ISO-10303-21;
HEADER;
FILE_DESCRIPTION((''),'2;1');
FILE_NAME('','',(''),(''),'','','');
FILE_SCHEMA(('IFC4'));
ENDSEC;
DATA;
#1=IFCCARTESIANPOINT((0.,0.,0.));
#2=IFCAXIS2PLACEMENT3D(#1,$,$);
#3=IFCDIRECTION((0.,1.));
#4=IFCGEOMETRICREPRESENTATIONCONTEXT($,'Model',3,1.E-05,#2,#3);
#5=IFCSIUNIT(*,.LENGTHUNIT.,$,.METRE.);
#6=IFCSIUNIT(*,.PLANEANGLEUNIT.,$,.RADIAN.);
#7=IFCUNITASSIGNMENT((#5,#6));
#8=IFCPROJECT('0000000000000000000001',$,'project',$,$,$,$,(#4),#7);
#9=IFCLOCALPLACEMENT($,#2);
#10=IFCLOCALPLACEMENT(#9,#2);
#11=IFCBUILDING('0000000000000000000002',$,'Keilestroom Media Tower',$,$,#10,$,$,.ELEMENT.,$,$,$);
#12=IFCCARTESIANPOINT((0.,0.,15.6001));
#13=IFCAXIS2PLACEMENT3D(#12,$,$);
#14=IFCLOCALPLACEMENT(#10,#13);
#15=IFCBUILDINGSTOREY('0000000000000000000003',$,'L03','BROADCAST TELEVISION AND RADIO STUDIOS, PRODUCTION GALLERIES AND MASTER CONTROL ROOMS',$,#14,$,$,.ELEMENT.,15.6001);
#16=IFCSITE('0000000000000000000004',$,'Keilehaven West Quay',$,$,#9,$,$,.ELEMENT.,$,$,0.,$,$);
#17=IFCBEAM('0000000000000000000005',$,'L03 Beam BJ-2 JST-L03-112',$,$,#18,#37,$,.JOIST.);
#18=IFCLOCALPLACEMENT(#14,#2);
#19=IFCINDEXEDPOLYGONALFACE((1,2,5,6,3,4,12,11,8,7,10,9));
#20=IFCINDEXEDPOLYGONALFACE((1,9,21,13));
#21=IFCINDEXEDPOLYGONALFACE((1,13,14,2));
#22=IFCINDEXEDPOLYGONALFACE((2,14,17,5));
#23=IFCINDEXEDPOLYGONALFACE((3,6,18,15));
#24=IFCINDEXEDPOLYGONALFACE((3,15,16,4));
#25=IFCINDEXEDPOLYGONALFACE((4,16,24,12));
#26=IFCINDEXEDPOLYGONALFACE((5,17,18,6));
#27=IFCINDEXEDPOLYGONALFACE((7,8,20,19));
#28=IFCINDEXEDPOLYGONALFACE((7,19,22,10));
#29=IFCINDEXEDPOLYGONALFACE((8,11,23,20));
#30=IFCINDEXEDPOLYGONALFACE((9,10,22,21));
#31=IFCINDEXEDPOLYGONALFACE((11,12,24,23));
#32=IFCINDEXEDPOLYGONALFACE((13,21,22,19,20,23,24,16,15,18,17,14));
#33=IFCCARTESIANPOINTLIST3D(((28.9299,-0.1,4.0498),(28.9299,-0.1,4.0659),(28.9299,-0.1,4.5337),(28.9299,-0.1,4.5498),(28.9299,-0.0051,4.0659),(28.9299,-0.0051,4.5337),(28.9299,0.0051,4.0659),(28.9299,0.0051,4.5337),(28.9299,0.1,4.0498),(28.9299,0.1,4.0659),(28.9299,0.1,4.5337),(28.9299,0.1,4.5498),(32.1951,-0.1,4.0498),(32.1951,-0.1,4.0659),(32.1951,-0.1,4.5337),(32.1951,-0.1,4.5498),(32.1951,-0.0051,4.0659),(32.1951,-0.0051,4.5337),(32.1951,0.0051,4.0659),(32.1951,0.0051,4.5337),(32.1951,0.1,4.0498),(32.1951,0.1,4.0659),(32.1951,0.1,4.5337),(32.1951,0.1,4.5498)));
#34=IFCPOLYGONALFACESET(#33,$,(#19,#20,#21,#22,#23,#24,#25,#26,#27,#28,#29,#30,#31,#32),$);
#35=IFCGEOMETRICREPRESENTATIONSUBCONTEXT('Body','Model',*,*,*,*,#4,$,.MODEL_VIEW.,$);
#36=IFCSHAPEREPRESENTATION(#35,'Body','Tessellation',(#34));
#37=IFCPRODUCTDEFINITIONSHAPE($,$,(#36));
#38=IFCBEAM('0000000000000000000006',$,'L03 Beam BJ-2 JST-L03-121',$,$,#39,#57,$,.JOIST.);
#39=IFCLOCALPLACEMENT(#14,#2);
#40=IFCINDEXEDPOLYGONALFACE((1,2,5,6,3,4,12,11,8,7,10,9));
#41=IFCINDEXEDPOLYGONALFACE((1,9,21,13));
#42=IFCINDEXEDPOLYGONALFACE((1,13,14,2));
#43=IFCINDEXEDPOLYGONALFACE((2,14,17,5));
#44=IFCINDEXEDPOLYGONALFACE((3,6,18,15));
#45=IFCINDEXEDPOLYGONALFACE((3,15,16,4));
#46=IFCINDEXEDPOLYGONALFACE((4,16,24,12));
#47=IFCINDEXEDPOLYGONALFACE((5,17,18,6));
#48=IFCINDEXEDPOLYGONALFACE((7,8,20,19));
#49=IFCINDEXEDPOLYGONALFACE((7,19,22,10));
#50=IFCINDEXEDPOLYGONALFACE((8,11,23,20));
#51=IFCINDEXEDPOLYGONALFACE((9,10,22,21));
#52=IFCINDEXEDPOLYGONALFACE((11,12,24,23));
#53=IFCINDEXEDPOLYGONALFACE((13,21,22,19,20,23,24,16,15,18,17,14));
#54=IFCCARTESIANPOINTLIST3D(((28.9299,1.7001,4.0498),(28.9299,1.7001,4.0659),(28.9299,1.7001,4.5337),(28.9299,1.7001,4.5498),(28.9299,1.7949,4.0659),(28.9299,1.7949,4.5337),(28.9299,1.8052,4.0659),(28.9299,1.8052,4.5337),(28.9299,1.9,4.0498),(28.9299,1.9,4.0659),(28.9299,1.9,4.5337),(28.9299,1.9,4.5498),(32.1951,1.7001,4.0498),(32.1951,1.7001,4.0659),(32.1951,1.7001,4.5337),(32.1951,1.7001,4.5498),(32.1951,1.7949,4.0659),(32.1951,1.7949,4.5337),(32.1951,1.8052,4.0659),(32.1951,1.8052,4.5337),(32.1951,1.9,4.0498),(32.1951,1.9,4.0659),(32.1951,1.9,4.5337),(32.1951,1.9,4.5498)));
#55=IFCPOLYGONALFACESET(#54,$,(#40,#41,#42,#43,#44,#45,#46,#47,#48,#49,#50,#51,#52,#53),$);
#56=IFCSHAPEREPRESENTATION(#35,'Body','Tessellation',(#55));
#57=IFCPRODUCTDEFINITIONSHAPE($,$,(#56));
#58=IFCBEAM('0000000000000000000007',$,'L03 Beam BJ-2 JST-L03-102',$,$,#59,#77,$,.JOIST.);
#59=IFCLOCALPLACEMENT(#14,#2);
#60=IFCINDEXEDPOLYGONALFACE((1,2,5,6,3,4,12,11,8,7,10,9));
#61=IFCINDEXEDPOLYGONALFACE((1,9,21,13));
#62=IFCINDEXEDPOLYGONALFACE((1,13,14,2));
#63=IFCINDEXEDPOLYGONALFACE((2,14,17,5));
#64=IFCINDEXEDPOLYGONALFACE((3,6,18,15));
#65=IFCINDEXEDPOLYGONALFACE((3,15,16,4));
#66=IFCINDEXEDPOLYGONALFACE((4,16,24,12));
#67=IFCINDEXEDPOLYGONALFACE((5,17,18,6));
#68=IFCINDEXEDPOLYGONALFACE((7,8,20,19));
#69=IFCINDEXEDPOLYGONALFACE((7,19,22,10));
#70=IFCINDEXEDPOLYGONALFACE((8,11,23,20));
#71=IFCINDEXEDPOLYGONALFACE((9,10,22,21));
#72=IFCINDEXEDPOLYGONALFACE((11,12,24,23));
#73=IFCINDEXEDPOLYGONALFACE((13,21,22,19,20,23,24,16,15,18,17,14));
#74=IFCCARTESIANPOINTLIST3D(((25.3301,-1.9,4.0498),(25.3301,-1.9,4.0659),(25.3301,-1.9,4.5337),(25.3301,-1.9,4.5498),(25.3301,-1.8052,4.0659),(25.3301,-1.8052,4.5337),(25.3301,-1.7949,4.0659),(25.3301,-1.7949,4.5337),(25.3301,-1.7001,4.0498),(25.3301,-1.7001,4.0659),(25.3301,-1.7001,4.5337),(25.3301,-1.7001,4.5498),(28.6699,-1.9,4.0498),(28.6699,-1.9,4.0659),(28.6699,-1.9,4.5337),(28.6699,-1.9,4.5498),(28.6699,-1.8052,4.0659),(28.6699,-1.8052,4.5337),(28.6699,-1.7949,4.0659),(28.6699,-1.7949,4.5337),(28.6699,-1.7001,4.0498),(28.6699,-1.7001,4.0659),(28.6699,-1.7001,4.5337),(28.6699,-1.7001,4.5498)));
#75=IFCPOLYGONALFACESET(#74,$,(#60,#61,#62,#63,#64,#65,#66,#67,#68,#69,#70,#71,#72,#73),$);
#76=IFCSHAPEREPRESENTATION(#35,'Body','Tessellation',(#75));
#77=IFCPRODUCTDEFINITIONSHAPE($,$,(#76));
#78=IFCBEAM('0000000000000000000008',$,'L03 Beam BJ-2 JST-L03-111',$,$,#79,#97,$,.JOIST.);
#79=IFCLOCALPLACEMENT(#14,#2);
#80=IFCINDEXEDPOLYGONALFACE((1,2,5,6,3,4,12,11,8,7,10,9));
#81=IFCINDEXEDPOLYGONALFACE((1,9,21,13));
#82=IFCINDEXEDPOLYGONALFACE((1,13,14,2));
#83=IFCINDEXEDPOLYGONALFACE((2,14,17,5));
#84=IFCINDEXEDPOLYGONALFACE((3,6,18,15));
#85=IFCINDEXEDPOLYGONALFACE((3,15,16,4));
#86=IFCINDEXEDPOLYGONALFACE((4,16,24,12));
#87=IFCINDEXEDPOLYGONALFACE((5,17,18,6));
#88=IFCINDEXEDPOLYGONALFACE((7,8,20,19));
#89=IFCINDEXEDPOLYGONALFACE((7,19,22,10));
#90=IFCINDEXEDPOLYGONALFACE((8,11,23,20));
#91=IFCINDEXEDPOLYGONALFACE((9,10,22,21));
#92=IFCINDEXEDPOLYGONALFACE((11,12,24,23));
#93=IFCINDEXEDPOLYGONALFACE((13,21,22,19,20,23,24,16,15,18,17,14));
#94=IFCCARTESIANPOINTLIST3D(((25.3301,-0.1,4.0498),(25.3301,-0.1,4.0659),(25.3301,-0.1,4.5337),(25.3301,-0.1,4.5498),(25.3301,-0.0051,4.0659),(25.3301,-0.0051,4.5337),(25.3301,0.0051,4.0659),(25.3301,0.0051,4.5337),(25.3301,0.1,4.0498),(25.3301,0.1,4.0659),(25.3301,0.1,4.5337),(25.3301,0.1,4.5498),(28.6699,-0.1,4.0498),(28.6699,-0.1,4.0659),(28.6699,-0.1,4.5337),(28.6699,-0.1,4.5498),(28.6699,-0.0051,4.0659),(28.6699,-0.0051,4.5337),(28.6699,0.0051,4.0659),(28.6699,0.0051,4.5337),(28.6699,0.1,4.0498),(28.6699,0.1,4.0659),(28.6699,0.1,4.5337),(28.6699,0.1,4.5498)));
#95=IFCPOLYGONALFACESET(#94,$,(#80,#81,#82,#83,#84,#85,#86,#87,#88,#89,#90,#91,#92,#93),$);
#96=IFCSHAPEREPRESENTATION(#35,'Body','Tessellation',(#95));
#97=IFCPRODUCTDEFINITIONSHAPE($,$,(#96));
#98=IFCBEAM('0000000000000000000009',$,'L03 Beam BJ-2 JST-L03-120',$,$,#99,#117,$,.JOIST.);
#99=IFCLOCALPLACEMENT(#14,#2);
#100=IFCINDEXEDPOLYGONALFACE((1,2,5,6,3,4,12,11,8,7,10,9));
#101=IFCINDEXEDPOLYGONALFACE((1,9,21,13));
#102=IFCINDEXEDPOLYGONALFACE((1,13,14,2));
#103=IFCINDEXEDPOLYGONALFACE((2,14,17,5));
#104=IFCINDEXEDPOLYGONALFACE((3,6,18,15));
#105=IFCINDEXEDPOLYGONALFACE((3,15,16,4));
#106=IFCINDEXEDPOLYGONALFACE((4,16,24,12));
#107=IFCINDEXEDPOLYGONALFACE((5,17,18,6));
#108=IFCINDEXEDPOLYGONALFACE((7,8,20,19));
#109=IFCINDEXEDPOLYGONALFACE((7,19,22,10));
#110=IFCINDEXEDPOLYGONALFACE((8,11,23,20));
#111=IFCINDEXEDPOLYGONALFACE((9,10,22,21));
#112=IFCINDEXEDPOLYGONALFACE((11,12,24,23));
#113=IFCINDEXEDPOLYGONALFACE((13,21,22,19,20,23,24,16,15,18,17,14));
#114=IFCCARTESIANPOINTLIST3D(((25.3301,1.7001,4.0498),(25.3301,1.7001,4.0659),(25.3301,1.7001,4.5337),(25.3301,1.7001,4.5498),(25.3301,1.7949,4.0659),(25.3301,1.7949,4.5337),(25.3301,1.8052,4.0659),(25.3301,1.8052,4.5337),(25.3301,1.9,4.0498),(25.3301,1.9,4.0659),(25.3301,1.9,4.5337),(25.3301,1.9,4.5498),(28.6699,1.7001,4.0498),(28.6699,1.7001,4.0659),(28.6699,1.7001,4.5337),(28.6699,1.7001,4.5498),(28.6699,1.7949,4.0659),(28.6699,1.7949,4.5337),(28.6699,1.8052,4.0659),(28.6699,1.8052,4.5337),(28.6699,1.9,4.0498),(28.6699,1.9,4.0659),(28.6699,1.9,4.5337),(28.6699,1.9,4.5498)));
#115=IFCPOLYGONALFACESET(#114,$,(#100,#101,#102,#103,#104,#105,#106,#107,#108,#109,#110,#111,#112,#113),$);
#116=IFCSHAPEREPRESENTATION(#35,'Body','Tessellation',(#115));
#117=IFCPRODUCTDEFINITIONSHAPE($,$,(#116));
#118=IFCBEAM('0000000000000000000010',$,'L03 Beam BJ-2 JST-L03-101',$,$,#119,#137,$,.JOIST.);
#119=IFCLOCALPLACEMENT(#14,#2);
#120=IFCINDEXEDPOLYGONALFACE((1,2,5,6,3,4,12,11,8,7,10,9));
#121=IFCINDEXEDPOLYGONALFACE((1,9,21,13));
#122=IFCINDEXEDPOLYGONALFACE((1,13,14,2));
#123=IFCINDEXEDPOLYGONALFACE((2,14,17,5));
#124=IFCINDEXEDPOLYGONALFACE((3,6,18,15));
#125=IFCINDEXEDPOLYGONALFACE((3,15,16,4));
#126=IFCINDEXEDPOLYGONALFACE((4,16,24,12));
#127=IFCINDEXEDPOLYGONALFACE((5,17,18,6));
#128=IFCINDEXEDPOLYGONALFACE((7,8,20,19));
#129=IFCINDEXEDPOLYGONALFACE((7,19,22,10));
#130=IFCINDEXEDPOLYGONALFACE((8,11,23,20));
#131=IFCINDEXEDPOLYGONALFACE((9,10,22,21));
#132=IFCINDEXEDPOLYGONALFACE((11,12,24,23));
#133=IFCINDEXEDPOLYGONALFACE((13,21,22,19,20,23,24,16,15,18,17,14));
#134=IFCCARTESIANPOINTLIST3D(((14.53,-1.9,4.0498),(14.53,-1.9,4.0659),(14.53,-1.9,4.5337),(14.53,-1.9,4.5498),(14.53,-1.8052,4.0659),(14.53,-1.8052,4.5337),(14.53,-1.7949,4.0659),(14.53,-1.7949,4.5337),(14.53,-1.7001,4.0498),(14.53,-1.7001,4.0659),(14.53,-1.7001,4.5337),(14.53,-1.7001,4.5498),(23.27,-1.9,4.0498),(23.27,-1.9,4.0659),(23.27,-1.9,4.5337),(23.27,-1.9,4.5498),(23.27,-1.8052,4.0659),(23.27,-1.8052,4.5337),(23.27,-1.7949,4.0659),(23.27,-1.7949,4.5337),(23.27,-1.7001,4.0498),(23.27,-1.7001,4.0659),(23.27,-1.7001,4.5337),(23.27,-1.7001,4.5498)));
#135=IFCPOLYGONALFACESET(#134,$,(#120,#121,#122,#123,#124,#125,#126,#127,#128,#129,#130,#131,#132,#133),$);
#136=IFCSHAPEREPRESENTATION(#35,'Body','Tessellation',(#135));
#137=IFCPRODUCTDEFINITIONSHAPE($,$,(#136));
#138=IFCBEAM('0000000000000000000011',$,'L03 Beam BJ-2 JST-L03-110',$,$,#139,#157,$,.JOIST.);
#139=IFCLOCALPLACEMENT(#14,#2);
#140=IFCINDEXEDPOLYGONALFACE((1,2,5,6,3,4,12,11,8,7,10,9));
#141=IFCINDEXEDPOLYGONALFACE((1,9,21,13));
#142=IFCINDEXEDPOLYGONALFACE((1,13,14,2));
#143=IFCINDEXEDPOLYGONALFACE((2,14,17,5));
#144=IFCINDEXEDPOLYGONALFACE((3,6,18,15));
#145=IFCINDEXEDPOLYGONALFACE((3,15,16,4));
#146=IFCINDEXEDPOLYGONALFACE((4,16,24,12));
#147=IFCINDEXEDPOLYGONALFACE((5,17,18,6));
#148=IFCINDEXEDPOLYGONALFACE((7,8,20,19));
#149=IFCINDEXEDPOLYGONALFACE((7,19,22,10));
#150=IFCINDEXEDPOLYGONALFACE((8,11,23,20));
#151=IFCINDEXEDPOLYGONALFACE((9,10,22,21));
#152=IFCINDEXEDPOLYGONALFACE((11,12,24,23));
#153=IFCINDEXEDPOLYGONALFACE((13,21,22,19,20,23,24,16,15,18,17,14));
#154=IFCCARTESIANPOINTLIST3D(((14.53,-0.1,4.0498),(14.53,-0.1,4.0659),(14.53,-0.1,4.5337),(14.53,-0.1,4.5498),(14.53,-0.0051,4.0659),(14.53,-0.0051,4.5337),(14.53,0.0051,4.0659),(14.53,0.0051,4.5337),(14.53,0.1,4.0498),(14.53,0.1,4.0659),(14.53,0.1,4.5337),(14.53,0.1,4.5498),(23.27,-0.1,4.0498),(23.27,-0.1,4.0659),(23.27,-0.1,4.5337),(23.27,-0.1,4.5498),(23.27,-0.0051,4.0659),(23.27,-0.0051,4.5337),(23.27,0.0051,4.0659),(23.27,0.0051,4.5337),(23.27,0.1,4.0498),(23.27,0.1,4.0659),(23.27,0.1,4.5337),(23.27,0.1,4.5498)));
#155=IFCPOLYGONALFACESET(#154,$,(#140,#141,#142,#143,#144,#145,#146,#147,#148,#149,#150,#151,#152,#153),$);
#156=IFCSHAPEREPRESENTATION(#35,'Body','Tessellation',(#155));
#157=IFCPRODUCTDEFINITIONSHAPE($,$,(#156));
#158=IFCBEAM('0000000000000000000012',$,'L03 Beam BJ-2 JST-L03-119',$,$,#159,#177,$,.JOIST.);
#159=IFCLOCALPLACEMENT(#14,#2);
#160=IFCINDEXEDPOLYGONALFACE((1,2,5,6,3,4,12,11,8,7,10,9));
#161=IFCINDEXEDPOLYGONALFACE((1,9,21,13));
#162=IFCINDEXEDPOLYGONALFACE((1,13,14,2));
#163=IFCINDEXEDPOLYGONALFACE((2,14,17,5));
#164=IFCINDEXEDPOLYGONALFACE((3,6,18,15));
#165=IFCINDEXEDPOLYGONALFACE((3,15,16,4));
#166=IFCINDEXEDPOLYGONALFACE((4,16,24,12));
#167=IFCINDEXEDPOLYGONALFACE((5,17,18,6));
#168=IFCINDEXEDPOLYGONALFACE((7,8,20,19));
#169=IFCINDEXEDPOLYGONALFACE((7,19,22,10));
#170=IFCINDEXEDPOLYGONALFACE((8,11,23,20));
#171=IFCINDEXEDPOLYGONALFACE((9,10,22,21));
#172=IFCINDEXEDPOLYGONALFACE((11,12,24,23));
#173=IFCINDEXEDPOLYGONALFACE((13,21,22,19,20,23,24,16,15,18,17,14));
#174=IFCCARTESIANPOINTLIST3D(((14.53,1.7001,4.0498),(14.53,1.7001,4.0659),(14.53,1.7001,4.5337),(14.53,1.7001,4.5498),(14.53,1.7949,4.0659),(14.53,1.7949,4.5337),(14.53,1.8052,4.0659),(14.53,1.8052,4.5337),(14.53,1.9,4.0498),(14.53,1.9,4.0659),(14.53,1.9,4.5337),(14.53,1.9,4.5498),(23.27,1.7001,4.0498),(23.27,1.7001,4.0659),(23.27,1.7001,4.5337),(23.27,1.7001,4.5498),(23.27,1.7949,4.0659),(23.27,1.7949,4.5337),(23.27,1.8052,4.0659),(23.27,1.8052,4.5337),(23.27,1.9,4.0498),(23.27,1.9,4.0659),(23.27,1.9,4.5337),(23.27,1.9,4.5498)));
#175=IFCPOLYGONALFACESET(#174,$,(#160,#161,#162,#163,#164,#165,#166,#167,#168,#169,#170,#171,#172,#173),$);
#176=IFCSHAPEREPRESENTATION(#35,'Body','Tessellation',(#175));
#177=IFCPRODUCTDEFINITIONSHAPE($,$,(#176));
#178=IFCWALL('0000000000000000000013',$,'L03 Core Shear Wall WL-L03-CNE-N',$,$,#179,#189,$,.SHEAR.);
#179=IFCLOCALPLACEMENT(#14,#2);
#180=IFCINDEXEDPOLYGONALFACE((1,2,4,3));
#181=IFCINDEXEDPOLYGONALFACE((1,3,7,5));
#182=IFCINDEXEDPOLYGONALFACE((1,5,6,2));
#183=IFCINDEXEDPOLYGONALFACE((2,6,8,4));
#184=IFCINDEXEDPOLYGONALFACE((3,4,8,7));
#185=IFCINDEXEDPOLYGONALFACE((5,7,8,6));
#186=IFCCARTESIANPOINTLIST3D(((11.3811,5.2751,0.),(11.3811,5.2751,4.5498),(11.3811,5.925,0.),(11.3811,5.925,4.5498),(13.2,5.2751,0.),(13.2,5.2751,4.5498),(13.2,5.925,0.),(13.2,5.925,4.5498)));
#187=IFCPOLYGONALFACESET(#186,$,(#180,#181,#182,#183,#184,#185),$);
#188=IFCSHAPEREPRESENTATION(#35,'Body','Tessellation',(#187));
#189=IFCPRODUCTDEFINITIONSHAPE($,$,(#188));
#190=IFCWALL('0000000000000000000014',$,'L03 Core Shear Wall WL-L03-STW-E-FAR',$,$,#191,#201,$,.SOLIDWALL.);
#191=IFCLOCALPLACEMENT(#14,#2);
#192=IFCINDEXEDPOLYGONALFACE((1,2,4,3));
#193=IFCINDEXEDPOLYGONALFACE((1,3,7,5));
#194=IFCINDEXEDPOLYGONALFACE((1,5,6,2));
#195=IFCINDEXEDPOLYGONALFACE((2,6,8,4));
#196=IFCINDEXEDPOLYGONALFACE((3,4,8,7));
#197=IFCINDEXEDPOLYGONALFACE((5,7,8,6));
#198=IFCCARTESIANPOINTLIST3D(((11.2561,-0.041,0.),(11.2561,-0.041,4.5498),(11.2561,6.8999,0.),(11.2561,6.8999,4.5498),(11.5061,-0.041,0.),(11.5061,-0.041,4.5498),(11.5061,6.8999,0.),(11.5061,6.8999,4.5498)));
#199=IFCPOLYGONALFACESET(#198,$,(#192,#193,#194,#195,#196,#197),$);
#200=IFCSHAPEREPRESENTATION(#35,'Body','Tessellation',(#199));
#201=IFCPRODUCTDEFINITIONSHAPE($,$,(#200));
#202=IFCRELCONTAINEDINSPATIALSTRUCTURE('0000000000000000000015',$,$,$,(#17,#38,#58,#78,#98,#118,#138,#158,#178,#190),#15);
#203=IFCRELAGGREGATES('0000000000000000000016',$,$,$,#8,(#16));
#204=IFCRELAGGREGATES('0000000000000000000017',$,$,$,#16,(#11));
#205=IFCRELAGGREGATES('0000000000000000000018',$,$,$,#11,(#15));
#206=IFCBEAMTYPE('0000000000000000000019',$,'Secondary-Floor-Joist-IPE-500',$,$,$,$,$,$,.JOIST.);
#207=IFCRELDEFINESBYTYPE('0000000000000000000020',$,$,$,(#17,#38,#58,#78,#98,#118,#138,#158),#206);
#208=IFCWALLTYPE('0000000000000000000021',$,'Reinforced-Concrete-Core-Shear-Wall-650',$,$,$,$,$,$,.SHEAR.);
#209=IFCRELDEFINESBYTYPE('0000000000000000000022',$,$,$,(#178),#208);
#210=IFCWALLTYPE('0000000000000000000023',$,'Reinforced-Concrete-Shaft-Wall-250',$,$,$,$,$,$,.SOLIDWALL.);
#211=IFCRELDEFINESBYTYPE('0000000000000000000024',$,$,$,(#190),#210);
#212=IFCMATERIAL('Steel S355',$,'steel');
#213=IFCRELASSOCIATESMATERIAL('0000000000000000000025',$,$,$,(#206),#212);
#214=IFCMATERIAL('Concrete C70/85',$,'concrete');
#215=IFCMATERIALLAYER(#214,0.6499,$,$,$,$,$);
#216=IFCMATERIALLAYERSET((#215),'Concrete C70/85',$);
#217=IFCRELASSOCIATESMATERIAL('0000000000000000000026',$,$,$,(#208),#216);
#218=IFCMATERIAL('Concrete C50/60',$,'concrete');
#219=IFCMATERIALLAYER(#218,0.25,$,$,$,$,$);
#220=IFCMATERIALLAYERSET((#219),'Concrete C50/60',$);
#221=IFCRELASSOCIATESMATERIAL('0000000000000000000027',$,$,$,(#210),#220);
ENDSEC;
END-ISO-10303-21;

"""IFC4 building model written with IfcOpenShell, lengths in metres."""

from ifc_helpers import new_model, si_unit, direction, frame, frame_2d, origin, origin_2d, place, context, subcontext, project, spatial, rectangle, i_section, extrude, source, transform, mapped, material, layer, layer_set, material_profile, profile_set, type_object, element, save


model = new_model("IFC4")

# Units and contexts
model_context = context("Model", 3, precision=1e-05, world=origin(), true_north=direction((0.0, 1.0)))
body_context = subcontext(model_context, "Body", "Model", "MODEL_VIEW")
ifc_project = project(units=[si_unit("LENGTHUNIT", "METRE"), si_unit("PLANEANGLEUNIT", "RADIAN")], contexts=[model_context])

# Site, building, storey
site_placement = place(None, origin())
site = spatial("IfcSite", under=ifc_project, at=site_placement, Name="Keilehaven West Quay", CompositionType="ELEMENT", RefElevation=0.0)
building_placement = place(site_placement, origin())
building = spatial("IfcBuilding", under=site, at=building_placement, Name="Keilestroom Media Tower", CompositionType="ELEMENT")
storey_placement = place(building_placement, frame((0.0, 0.0, 15.6001)))
storey = spatial("IfcBuildingStorey", under=building, at=storey_placement, Name="L03", Description="BROADCAST TELEVISION AND RADIO STUDIOS, PRODUCTION GALLERIES AND MASTER CONTROL ROOMS", CompositionType="ELEMENT", Elevation=15.6001)

# Shared definitions
ifc_material_1 = material(Name="Concrete C70/85", Category="concrete")

# Beams
ifc_material_2 = material(Name="Steel S355", Category="steel")
ifc_material_profile_1 = material_profile(ifc_material_2, i_section(OverallWidth=0.2, OverallDepth=0.5, WebThickness=0.0103, FlangeThickness=0.0161, at=origin_2d()), Name="IPE 500")
ifc_profile_set_1 = profile_set([ifc_material_profile_1], Name="Steel S355")
beam_type_1 = type_object("IfcBeamType", Name="Secondary-Floor-Joist-IPE-500", PredefinedType="JOIST", material=ifc_profile_set_1)
shared_shape_1 = source(origin(), body_context, "Body", "SweptSolid", [
    extrude(i_section(OverallWidth=0.2, OverallDepth=0.5, WebThickness=0.0103, FlangeThickness=0.0161, at=origin_2d()), origin(), (0.0, 0.0, 1.0), 3.2651),
])
for number, where, z_axis, x_axis, name in (
    (1, (28.9299, 0.0, 4.2998), (1.0, 0.0, 0.0), (0.0, 1.0, 0.0), "L03 Beam BJ-2 JST-L03-112"),
    (2, (28.9299, 1.8, 4.2998), (1.0, 0.0, 0.0), (0.0, 1.0, 0.0), "L03 Beam BJ-2 JST-L03-121"),
):
    element("IfcBeam", number, at=place(storey_placement, frame(where, z_axis=z_axis, x_axis=x_axis)), inside=storey, type_object=beam_type_1, Name=name, PredefinedType="JOIST", context=body_context, shape_type="MappedRepresentation", body=[
        mapped(shared_shape_1, transform((0.0, 0.0, 0.0), x_axis=(1.0, 0.0, 0.0), y_axis=(0.0, 1.0, 0.0), z_axis=(0.0, 0.0, 1.0), scale=1.0)),
    ])
shared_shape_2 = source(origin(), body_context, "Body", "SweptSolid", [
    extrude(i_section(OverallWidth=0.2, OverallDepth=0.5, WebThickness=0.0103, FlangeThickness=0.0161, at=origin_2d()), origin(), (0.0, 0.0, 1.0), 3.3398),
])
for number, where, z_axis, x_axis, name in (
    (3, (25.3301, -1.8, 4.2998), (1.0, 0.0, 0.0), (0.0, 1.0, 0.0), "L03 Beam BJ-2 JST-L03-102"),
    (4, (25.3301, 0.0, 4.2998), (1.0, 0.0, 0.0), (0.0, 1.0, 0.0), "L03 Beam BJ-2 JST-L03-111"),
    (5, (25.3301, 1.8, 4.2998), (1.0, 0.0, 0.0), (0.0, 1.0, 0.0), "L03 Beam BJ-2 JST-L03-120"),
):
    element("IfcBeam", number, at=place(storey_placement, frame(where, z_axis=z_axis, x_axis=x_axis)), inside=storey, type_object=beam_type_1, Name=name, PredefinedType="JOIST", context=body_context, shape_type="MappedRepresentation", body=[
        mapped(shared_shape_2, transform((0.0, 0.0, 0.0), x_axis=(1.0, 0.0, 0.0), y_axis=(0.0, 1.0, 0.0), z_axis=(0.0, 0.0, 1.0), scale=1.0)),
    ])
shared_shape_3 = source(origin(), body_context, "Body", "SweptSolid", [
    extrude(i_section(OverallWidth=0.2, OverallDepth=0.5, WebThickness=0.0103, FlangeThickness=0.0161, at=origin_2d()), origin(), (0.0, 0.0, 1.0), 8.74),
])
for number, where, z_axis, x_axis, name in (
    (6, (14.53, -1.8, 4.2998), (1.0, 0.0, 0.0), (0.0, 1.0, 0.0), "L03 Beam BJ-2 JST-L03-101"),
    (7, (14.53, 0.0, 4.2998), (1.0, 0.0, 0.0), (0.0, 1.0, 0.0), "L03 Beam BJ-2 JST-L03-110"),
    (8, (14.53, 1.8, 4.2998), (1.0, 0.0, 0.0), (0.0, 1.0, 0.0), "L03 Beam BJ-2 JST-L03-119"),
):
    element("IfcBeam", number, at=place(storey_placement, frame(where, z_axis=z_axis, x_axis=x_axis)), inside=storey, type_object=beam_type_1, Name=name, PredefinedType="JOIST", context=body_context, shape_type="MappedRepresentation", body=[
        mapped(shared_shape_3, transform((0.0, 0.0, 0.0), x_axis=(1.0, 0.0, 0.0), y_axis=(0.0, 1.0, 0.0), z_axis=(0.0, 0.0, 1.0), scale=1.0)),
    ])

# Walls
ifc_layer_1 = layer(ifc_material_1, 0.6499)
ifc_layer_set_1 = layer_set([ifc_layer_1], Name="Concrete C70/85")
wall_type_1 = type_object("IfcWallType", Name="Reinforced-Concrete-Core-Shear-Wall-650", PredefinedType="SHEAR", material=ifc_layer_set_1)
wall_1_placement = place(storey_placement, frame((11.3811, 5.6001, 0.0), z_axis=(0.0, 0.0, 1.0), x_axis=(1.0, 0.0, 0.0)))
element("IfcWall", 9, at=wall_1_placement, inside=storey, type_object=wall_type_1, Name="L03 Core Shear Wall WL-L03-CNE-N", PredefinedType="SHEAR", context=body_context, shape_type="SweptSolid", body=[
    extrude(rectangle(XDim=1.8188, YDim=0.6499, at=frame_2d((0.9094, 0.0))), origin(), (0.0, 0.0, 1.0), 4.5498),
])
ifc_material_3 = material(Name="Concrete C50/60", Category="concrete")
ifc_layer_2 = layer(ifc_material_3, 0.25)
ifc_layer_set_2 = layer_set([ifc_layer_2], Name="Concrete C50/60")
wall_type_2 = type_object("IfcWallType", Name="Reinforced-Concrete-Shaft-Wall-250", PredefinedType="SOLIDWALL", material=ifc_layer_set_2)
wall_2_placement = place(storey_placement, frame((11.3811, -0.041, 0.0), z_axis=(0.0, 0.0, 1.0), x_axis=(0.0, 1.0, 0.0)))
element("IfcWall", 10, at=wall_2_placement, inside=storey, type_object=wall_type_2, Name="L03 Core Shear Wall WL-L03-STW-E-FAR", PredefinedType="SOLIDWALL", context=body_context, shape_type="SweptSolid", body=[
    extrude(rectangle(XDim=6.9409, YDim=0.25, at=frame_2d((3.4705, 0.0))), origin(), (0.0, 0.0, 1.0), 4.5498),
])

save(model, "model.ifc")
